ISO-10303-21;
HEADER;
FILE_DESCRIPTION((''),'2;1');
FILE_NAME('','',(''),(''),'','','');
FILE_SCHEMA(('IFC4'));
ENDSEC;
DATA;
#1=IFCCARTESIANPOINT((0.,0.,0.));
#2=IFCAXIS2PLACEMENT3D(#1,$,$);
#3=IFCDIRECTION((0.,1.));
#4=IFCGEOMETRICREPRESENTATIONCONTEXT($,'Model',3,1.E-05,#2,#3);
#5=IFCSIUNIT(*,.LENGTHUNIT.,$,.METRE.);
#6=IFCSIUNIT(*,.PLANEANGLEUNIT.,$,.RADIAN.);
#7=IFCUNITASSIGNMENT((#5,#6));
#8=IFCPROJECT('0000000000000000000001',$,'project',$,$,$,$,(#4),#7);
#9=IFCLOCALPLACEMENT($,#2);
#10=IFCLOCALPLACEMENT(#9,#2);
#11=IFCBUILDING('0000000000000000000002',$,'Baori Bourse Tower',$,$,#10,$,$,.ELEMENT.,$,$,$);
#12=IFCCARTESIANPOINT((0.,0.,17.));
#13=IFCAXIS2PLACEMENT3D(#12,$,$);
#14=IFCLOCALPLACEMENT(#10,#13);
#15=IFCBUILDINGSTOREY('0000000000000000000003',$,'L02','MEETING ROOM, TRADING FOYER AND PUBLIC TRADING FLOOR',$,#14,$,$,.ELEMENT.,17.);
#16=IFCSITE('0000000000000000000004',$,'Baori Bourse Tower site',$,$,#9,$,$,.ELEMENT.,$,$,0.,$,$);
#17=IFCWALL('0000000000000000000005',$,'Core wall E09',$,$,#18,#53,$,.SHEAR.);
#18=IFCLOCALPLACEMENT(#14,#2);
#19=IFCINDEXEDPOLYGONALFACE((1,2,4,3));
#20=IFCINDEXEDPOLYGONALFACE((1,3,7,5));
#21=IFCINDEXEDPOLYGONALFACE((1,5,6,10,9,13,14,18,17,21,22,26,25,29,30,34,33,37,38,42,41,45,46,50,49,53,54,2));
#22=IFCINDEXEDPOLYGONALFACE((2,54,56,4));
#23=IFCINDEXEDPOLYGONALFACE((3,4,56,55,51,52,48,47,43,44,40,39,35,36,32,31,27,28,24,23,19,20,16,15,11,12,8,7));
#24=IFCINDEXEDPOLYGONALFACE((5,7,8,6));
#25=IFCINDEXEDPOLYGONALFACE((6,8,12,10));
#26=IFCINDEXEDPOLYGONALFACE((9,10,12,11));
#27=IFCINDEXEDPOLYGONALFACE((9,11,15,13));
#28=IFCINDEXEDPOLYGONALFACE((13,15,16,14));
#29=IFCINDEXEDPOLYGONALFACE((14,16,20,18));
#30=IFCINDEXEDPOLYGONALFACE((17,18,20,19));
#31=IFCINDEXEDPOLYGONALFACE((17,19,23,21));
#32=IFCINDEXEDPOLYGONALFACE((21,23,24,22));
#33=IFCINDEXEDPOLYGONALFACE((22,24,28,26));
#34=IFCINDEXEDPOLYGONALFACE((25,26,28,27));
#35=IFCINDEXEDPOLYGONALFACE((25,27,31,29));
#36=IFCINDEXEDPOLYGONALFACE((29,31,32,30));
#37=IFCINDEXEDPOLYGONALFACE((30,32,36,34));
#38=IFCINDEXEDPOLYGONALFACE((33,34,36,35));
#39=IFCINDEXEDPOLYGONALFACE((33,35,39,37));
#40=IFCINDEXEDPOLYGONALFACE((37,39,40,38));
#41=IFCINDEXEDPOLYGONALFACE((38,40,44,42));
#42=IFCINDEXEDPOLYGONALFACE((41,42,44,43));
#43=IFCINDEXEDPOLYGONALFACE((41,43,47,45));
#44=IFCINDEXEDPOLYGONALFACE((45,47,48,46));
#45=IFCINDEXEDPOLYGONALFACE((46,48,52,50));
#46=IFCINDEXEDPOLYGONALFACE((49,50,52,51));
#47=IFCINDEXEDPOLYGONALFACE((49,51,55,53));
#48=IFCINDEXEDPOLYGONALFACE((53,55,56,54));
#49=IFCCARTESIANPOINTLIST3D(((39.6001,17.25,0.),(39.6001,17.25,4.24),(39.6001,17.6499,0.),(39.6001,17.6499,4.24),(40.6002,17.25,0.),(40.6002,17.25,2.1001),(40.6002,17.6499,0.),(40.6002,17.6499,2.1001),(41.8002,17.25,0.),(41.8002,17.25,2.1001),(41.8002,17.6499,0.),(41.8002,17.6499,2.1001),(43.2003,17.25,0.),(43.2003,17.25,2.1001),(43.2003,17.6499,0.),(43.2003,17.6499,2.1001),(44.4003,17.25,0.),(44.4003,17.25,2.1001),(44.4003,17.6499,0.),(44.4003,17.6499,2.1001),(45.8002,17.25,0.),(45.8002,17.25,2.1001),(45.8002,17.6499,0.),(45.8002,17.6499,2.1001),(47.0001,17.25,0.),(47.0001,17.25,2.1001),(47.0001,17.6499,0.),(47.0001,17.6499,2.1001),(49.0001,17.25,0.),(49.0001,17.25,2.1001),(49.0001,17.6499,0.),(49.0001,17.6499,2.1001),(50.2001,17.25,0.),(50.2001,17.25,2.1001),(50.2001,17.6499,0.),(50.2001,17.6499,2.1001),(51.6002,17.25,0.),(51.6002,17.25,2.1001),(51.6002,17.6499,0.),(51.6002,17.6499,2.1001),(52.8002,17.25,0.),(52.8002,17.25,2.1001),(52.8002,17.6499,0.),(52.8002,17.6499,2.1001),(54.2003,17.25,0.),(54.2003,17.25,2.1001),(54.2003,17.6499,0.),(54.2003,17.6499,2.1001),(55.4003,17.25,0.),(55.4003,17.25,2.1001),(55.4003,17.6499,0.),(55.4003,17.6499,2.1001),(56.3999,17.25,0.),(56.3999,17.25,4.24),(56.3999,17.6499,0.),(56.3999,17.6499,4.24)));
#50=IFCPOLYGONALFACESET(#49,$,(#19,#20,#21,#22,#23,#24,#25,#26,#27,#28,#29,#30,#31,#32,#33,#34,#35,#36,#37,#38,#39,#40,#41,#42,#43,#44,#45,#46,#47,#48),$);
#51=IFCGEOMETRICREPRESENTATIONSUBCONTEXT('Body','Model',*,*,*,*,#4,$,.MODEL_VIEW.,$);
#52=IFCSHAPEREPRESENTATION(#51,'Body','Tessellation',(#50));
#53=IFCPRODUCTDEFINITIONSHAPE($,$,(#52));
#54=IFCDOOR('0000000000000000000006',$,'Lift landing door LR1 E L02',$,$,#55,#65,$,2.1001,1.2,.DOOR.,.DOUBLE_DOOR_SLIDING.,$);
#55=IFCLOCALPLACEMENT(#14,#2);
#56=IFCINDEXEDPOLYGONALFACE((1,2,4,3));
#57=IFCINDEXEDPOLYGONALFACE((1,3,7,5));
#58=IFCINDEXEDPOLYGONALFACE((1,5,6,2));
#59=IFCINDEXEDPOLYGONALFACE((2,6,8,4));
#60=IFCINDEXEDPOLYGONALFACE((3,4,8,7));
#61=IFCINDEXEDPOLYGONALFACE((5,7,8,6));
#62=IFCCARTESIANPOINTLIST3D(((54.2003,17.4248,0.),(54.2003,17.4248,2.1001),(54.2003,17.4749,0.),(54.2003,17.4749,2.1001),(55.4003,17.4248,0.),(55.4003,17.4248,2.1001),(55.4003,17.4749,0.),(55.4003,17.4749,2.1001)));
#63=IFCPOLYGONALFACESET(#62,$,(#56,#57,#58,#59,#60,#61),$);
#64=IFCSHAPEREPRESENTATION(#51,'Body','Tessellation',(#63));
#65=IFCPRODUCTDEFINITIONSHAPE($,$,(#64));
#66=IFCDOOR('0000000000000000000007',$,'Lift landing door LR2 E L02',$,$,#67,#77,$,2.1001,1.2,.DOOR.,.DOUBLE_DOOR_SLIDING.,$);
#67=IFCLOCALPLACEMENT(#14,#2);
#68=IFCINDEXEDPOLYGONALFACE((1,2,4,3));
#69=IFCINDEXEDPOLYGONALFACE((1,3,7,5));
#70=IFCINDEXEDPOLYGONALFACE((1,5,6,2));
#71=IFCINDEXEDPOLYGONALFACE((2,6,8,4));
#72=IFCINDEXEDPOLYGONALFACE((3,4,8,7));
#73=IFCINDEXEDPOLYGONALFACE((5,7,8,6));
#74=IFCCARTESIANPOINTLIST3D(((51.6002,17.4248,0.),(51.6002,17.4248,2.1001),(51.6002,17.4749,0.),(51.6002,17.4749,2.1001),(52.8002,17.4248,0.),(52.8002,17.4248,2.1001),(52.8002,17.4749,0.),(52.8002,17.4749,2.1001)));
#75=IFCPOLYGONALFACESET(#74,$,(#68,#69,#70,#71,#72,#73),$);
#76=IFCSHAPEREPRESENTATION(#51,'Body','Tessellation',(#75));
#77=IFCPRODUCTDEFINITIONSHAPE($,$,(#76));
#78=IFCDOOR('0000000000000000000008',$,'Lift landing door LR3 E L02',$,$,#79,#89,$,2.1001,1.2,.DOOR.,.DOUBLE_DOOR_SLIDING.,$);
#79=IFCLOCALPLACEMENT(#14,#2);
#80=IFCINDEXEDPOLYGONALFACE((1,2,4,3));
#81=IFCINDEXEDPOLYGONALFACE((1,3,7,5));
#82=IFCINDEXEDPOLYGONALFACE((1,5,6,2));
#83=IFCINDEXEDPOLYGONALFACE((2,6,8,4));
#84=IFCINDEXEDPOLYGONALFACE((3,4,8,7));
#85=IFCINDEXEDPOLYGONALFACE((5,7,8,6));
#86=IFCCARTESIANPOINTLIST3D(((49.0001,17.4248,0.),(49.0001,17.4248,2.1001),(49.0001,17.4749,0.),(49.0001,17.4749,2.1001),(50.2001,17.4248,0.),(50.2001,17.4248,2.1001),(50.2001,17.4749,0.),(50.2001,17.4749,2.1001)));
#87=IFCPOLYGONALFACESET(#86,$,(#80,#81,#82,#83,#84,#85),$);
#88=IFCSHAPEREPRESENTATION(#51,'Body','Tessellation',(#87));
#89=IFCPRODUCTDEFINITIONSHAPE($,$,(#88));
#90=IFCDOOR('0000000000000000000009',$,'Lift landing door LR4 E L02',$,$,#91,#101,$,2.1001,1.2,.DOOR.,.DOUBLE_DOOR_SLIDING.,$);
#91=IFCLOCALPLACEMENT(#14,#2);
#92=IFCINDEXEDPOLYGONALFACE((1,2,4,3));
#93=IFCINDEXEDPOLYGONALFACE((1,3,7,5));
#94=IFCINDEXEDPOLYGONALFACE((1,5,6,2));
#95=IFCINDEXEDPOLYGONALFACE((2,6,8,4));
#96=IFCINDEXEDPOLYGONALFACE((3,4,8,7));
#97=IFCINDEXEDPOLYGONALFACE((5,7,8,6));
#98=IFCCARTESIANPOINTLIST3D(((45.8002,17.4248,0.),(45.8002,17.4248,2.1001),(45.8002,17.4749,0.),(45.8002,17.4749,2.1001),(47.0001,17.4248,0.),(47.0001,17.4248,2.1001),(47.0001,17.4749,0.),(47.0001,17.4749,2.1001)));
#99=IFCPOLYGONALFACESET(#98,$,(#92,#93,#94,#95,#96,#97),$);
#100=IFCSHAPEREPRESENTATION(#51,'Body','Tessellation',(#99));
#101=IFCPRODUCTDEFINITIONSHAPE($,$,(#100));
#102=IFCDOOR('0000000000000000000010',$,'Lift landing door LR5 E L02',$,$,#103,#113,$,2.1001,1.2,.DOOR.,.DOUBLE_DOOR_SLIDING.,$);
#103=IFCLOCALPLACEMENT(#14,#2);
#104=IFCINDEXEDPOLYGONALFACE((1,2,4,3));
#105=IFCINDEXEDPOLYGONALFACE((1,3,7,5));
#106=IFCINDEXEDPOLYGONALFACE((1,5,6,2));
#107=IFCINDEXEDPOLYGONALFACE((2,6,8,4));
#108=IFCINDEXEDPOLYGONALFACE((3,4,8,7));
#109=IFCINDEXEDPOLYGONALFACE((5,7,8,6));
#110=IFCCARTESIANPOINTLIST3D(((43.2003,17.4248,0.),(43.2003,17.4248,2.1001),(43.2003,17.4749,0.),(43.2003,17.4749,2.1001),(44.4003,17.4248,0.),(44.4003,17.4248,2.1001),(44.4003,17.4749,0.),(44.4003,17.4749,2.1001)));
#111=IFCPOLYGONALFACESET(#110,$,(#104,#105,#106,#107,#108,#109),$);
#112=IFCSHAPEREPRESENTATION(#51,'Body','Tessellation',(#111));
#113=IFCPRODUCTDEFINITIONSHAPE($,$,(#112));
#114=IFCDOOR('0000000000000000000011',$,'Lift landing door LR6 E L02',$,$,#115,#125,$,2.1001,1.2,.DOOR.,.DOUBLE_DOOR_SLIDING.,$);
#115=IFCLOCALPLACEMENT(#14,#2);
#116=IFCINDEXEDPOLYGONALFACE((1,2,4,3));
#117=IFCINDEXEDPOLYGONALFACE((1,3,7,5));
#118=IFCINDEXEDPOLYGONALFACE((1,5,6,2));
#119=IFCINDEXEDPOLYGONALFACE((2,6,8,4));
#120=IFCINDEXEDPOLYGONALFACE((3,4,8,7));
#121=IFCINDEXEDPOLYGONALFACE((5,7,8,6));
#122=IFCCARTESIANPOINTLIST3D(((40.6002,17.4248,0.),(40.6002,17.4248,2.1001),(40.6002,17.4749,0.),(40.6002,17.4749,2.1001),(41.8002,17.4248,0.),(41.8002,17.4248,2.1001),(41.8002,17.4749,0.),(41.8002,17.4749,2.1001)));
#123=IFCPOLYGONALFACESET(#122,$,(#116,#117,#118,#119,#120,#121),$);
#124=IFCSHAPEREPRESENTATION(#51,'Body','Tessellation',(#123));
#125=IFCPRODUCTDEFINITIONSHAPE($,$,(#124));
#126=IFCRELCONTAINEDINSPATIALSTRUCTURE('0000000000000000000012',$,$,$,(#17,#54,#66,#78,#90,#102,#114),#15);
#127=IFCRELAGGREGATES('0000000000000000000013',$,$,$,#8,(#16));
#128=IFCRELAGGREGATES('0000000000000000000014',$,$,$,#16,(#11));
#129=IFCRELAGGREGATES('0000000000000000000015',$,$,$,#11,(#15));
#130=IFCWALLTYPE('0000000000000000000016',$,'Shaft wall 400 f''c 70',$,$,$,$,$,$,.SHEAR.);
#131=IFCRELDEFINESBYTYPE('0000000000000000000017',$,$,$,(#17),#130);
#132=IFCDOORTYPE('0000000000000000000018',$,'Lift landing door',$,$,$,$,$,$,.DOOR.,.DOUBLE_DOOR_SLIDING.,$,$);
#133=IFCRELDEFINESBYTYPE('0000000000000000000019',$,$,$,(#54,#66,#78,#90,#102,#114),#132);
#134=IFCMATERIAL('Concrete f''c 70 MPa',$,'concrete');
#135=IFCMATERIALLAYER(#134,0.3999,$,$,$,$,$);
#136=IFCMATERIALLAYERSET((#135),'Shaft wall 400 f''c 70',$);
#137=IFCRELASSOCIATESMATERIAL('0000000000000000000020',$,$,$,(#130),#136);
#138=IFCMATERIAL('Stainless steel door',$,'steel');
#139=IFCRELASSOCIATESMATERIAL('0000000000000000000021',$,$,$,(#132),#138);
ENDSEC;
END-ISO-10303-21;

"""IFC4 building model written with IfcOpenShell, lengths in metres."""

from ifc_helpers import new_model, si_unit, direction, frame, frame_2d, origin, place, context, subcontext, project, spatial, rectangle, extrude, material, layer, layer_set, type_object, element, fill, save


model = new_model("IFC4")

# Units and contexts
model_context = context("Model", 3, precision=1e-05, world=origin(), true_north=direction((0.0, 1.0)))
body_context = subcontext(model_context, "Body", "Model", "MODEL_VIEW")
ifc_project = project(units=[si_unit("LENGTHUNIT", "METRE"), si_unit("PLANEANGLEUNIT", "RADIAN")], contexts=[model_context])

# Site, building, storey
site_placement = place(None, origin())
site = spatial("IfcSite", under=ifc_project, at=site_placement, Name="Baori Bourse Tower site", CompositionType="ELEMENT", RefElevation=0.0)
building_placement = place(site_placement, origin())
building = spatial("IfcBuilding", under=site, at=building_placement, Name="Baori Bourse Tower", CompositionType="ELEMENT")
storey_placement = place(building_placement, frame((0.0, 0.0, 17.0)))
storey = spatial("IfcBuildingStorey", under=building, at=storey_placement, Name="L02", Description="MEETING ROOM, TRADING FOYER AND PUBLIC TRADING FLOOR", CompositionType="ELEMENT", Elevation=17.0)

# Shared definitions
ifc_material_1 = material(Name="Concrete f'c 70 MPa", Category="concrete")
ifc_layer_1 = layer(ifc_material_1, 0.3999)
ifc_layer_set_1 = layer_set([ifc_layer_1], Name="Shaft wall 400 f'c 70")
wall_type_1 = type_object("IfcWallType", Name="Shaft wall 400 f'c 70", PredefinedType="SHEAR", material=ifc_layer_set_1)

# Wall, openings, doors
wall_1_placement = place(storey_placement, frame((39.6001, 17.45, 0.0), z_axis=(0.0, 0.0, 1.0), x_axis=(1.0, 0.0, 0.0)))
wall_1 = element("IfcWall", 1, at=wall_1_placement, inside=storey, type_object=wall_type_1, Name="Core wall E09", PredefinedType="SHEAR", context=body_context, shape_type="SweptSolid", body=[
    extrude(rectangle(XDim=16.7998, YDim=0.3999, at=frame_2d((8.3999, 0.0))), origin(), (0.0, 0.0, 1.0), 4.24),
])
opening_1_placement = place(wall_1_placement, frame((14.6001, 0.0, 0.0)))
opening_1 = element("IfcOpeningElement", 2, at=opening_1_placement, cuts=wall_1, PredefinedType="OPENING", context=body_context, shape_type="SweptSolid", body=[
    extrude(rectangle(XDim=1.2, YDim=2.1001, at=frame_2d((0.6001, 1.05))), frame((0.0, 0.21, 0.0), z_axis=(0.0, -1.0, 0.0), x_axis=(1.0, 0.0, 0.0)), (0.0, 0.0, 1.0), 0.4199),
])
opening_2_placement = place(wall_1_placement, frame((12.0, 0.0, 0.0)))
opening_2 = element("IfcOpeningElement", 3, at=opening_2_placement, cuts=wall_1, PredefinedType="OPENING", context=body_context, shape_type="SweptSolid", body=[
    extrude(rectangle(XDim=1.2, YDim=2.1001, at=frame_2d((0.6001, 1.05))), frame((0.0, 0.21, 0.0), z_axis=(0.0, -1.0, 0.0), x_axis=(1.0, 0.0, 0.0)), (0.0, 0.0, 1.0), 0.4199),
])
opening_3_placement = place(wall_1_placement, frame((9.3999, 0.0, 0.0)))
opening_3 = element("IfcOpeningElement", 4, at=opening_3_placement, cuts=wall_1, PredefinedType="OPENING", context=body_context, shape_type="SweptSolid", body=[
    extrude(rectangle(XDim=1.2, YDim=2.1001, at=frame_2d((0.6001, 1.05))), frame((0.0, 0.21, 0.0), z_axis=(0.0, -1.0, 0.0), x_axis=(1.0, 0.0, 0.0)), (0.0, 0.0, 1.0), 0.4199),
])
opening_4_placement = place(wall_1_placement, frame((6.2, 0.0, 0.0)))
opening_4 = element("IfcOpeningElement", 5, at=opening_4_placement, cuts=wall_1, PredefinedType="OPENING", context=body_context, shape_type="SweptSolid", body=[
    extrude(rectangle(XDim=1.2, YDim=2.1001, at=frame_2d((0.6001, 1.05))), frame((0.0, 0.21, 0.0), z_axis=(0.0, -1.0, 0.0), x_axis=(1.0, 0.0, 0.0)), (0.0, 0.0, 1.0), 0.4199),
])
opening_5_placement = place(wall_1_placement, frame((3.6001, 0.0, 0.0)))
opening_5 = element("IfcOpeningElement", 6, at=opening_5_placement, cuts=wall_1, PredefinedType="OPENING", context=body_context, shape_type="SweptSolid", body=[
    extrude(rectangle(XDim=1.2, YDim=2.1001, at=frame_2d((0.6001, 1.05))), frame((0.0, 0.21, 0.0), z_axis=(0.0, -1.0, 0.0), x_axis=(1.0, 0.0, 0.0)), (0.0, 0.0, 1.0), 0.4199),
])
opening_6_placement = place(wall_1_placement, frame((1.0, 0.0, 0.0)))
opening_6 = element("IfcOpeningElement", 7, at=opening_6_placement, cuts=wall_1, PredefinedType="OPENING", context=body_context, shape_type="SweptSolid", body=[
    extrude(rectangle(XDim=1.2, YDim=2.1001, at=frame_2d((0.6001, 1.05))), frame((0.0, 0.21, 0.0), z_axis=(0.0, -1.0, 0.0), x_axis=(1.0, 0.0, 0.0)), (0.0, 0.0, 1.0), 0.4199),
])
ifc_material_2 = material(Name="Stainless steel door", Category="steel")
door_type_1 = type_object("IfcDoorType", Name="Lift landing door", OperationType="DOUBLE_DOOR_SLIDING", PredefinedType="DOOR", material=ifc_material_2)
door_1_placement = place(opening_1_placement, origin())
door_1 = element("IfcDoor", 8, at=door_1_placement, inside=storey, type_object=door_type_1, Name="Lift landing door LR1 E L02", OperationType="DOUBLE_DOOR_SLIDING", OverallHeight=2.1001, OverallWidth=1.2, PredefinedType="DOOR", context=body_context, shape_type="SweptSolid", body=[
    extrude(rectangle(XDim=1.2, YDim=2.1001, at=frame_2d((0.6001, 1.05))), frame((0.0, 0.0249, 0.0), z_axis=(0.0, -1.0, 0.0), x_axis=(1.0, 0.0, 0.0)), (0.0, 0.0, 1.0), 0.05),
])
fill(opening_1, door_1)
door_2_placement = place(opening_2_placement, origin())
door_2 = element("IfcDoor", 9, at=door_2_placement, inside=storey, type_object=door_type_1, Name="Lift landing door LR2 E L02", OperationType="DOUBLE_DOOR_SLIDING", OverallHeight=2.1001, OverallWidth=1.2, PredefinedType="DOOR", context=body_context, shape_type="SweptSolid", body=[
    extrude(rectangle(XDim=1.2, YDim=2.1001, at=frame_2d((0.6001, 1.05))), frame((0.0, 0.0249, 0.0), z_axis=(0.0, -1.0, 0.0), x_axis=(1.0, 0.0, 0.0)), (0.0, 0.0, 1.0), 0.05),
])
fill(opening_2, door_2)
door_3_placement = place(opening_3_placement, origin())
door_3 = element("IfcDoor", 10, at=door_3_placement, inside=storey, type_object=door_type_1, Name="Lift landing door LR3 E L02", OperationType="DOUBLE_DOOR_SLIDING", OverallHeight=2.1001, OverallWidth=1.2, PredefinedType="DOOR", context=body_context, shape_type="SweptSolid", body=[
    extrude(rectangle(XDim=1.2, YDim=2.1001, at=frame_2d((0.6001, 1.05))), frame((0.0, 0.0249, 0.0), z_axis=(0.0, -1.0, 0.0), x_axis=(1.0, 0.0, 0.0)), (0.0, 0.0, 1.0), 0.05),
])
fill(opening_3, door_3)
door_4_placement = place(opening_4_placement, origin())
door_4 = element("IfcDoor", 11, at=door_4_placement, inside=storey, type_object=door_type_1, Name="Lift landing door LR4 E L02", OperationType="DOUBLE_DOOR_SLIDING", OverallHeight=2.1001, OverallWidth=1.2, PredefinedType="DOOR", context=body_context, shape_type="SweptSolid", body=[
    extrude(rectangle(XDim=1.2, YDim=2.1001, at=frame_2d((0.6001, 1.05))), frame((0.0, 0.0249, 0.0), z_axis=(0.0, -1.0, 0.0), x_axis=(1.0, 0.0, 0.0)), (0.0, 0.0, 1.0), 0.05),
])
fill(opening_4, door_4)
door_5_placement = place(opening_5_placement, origin())
door_5 = element("IfcDoor", 12, at=door_5_placement, inside=storey, type_object=door_type_1, Name="Lift landing door LR5 E L02", OperationType="DOUBLE_DOOR_SLIDING", OverallHeight=2.1001, OverallWidth=1.2, PredefinedType="DOOR", context=body_context, shape_type="SweptSolid", body=[
    extrude(rectangle(XDim=1.2, YDim=2.1001, at=frame_2d((0.6001, 1.05))), frame((0.0, 0.0249, 0.0), z_axis=(0.0, -1.0, 0.0), x_axis=(1.0, 0.0, 0.0)), (0.0, 0.0, 1.0), 0.05),
])
fill(opening_5, door_5)
door_6_placement = place(opening_6_placement, origin())
door_6 = element("IfcDoor", 13, at=door_6_placement, inside=storey, type_object=door_type_1, Name="Lift landing door LR6 E L02", OperationType="DOUBLE_DOOR_SLIDING", OverallHeight=2.1001, OverallWidth=1.2, PredefinedType="DOOR", context=body_context, shape_type="SweptSolid", body=[
    extrude(rectangle(XDim=1.2, YDim=2.1001, at=frame_2d((0.6001, 1.05))), frame((0.0, 0.0249, 0.0), z_axis=(0.0, -1.0, 0.0), x_axis=(1.0, 0.0, 0.0)), (0.0, 0.0, 1.0), 0.05),
])
fill(opening_6, door_6)

save(model, "model.ifc")
